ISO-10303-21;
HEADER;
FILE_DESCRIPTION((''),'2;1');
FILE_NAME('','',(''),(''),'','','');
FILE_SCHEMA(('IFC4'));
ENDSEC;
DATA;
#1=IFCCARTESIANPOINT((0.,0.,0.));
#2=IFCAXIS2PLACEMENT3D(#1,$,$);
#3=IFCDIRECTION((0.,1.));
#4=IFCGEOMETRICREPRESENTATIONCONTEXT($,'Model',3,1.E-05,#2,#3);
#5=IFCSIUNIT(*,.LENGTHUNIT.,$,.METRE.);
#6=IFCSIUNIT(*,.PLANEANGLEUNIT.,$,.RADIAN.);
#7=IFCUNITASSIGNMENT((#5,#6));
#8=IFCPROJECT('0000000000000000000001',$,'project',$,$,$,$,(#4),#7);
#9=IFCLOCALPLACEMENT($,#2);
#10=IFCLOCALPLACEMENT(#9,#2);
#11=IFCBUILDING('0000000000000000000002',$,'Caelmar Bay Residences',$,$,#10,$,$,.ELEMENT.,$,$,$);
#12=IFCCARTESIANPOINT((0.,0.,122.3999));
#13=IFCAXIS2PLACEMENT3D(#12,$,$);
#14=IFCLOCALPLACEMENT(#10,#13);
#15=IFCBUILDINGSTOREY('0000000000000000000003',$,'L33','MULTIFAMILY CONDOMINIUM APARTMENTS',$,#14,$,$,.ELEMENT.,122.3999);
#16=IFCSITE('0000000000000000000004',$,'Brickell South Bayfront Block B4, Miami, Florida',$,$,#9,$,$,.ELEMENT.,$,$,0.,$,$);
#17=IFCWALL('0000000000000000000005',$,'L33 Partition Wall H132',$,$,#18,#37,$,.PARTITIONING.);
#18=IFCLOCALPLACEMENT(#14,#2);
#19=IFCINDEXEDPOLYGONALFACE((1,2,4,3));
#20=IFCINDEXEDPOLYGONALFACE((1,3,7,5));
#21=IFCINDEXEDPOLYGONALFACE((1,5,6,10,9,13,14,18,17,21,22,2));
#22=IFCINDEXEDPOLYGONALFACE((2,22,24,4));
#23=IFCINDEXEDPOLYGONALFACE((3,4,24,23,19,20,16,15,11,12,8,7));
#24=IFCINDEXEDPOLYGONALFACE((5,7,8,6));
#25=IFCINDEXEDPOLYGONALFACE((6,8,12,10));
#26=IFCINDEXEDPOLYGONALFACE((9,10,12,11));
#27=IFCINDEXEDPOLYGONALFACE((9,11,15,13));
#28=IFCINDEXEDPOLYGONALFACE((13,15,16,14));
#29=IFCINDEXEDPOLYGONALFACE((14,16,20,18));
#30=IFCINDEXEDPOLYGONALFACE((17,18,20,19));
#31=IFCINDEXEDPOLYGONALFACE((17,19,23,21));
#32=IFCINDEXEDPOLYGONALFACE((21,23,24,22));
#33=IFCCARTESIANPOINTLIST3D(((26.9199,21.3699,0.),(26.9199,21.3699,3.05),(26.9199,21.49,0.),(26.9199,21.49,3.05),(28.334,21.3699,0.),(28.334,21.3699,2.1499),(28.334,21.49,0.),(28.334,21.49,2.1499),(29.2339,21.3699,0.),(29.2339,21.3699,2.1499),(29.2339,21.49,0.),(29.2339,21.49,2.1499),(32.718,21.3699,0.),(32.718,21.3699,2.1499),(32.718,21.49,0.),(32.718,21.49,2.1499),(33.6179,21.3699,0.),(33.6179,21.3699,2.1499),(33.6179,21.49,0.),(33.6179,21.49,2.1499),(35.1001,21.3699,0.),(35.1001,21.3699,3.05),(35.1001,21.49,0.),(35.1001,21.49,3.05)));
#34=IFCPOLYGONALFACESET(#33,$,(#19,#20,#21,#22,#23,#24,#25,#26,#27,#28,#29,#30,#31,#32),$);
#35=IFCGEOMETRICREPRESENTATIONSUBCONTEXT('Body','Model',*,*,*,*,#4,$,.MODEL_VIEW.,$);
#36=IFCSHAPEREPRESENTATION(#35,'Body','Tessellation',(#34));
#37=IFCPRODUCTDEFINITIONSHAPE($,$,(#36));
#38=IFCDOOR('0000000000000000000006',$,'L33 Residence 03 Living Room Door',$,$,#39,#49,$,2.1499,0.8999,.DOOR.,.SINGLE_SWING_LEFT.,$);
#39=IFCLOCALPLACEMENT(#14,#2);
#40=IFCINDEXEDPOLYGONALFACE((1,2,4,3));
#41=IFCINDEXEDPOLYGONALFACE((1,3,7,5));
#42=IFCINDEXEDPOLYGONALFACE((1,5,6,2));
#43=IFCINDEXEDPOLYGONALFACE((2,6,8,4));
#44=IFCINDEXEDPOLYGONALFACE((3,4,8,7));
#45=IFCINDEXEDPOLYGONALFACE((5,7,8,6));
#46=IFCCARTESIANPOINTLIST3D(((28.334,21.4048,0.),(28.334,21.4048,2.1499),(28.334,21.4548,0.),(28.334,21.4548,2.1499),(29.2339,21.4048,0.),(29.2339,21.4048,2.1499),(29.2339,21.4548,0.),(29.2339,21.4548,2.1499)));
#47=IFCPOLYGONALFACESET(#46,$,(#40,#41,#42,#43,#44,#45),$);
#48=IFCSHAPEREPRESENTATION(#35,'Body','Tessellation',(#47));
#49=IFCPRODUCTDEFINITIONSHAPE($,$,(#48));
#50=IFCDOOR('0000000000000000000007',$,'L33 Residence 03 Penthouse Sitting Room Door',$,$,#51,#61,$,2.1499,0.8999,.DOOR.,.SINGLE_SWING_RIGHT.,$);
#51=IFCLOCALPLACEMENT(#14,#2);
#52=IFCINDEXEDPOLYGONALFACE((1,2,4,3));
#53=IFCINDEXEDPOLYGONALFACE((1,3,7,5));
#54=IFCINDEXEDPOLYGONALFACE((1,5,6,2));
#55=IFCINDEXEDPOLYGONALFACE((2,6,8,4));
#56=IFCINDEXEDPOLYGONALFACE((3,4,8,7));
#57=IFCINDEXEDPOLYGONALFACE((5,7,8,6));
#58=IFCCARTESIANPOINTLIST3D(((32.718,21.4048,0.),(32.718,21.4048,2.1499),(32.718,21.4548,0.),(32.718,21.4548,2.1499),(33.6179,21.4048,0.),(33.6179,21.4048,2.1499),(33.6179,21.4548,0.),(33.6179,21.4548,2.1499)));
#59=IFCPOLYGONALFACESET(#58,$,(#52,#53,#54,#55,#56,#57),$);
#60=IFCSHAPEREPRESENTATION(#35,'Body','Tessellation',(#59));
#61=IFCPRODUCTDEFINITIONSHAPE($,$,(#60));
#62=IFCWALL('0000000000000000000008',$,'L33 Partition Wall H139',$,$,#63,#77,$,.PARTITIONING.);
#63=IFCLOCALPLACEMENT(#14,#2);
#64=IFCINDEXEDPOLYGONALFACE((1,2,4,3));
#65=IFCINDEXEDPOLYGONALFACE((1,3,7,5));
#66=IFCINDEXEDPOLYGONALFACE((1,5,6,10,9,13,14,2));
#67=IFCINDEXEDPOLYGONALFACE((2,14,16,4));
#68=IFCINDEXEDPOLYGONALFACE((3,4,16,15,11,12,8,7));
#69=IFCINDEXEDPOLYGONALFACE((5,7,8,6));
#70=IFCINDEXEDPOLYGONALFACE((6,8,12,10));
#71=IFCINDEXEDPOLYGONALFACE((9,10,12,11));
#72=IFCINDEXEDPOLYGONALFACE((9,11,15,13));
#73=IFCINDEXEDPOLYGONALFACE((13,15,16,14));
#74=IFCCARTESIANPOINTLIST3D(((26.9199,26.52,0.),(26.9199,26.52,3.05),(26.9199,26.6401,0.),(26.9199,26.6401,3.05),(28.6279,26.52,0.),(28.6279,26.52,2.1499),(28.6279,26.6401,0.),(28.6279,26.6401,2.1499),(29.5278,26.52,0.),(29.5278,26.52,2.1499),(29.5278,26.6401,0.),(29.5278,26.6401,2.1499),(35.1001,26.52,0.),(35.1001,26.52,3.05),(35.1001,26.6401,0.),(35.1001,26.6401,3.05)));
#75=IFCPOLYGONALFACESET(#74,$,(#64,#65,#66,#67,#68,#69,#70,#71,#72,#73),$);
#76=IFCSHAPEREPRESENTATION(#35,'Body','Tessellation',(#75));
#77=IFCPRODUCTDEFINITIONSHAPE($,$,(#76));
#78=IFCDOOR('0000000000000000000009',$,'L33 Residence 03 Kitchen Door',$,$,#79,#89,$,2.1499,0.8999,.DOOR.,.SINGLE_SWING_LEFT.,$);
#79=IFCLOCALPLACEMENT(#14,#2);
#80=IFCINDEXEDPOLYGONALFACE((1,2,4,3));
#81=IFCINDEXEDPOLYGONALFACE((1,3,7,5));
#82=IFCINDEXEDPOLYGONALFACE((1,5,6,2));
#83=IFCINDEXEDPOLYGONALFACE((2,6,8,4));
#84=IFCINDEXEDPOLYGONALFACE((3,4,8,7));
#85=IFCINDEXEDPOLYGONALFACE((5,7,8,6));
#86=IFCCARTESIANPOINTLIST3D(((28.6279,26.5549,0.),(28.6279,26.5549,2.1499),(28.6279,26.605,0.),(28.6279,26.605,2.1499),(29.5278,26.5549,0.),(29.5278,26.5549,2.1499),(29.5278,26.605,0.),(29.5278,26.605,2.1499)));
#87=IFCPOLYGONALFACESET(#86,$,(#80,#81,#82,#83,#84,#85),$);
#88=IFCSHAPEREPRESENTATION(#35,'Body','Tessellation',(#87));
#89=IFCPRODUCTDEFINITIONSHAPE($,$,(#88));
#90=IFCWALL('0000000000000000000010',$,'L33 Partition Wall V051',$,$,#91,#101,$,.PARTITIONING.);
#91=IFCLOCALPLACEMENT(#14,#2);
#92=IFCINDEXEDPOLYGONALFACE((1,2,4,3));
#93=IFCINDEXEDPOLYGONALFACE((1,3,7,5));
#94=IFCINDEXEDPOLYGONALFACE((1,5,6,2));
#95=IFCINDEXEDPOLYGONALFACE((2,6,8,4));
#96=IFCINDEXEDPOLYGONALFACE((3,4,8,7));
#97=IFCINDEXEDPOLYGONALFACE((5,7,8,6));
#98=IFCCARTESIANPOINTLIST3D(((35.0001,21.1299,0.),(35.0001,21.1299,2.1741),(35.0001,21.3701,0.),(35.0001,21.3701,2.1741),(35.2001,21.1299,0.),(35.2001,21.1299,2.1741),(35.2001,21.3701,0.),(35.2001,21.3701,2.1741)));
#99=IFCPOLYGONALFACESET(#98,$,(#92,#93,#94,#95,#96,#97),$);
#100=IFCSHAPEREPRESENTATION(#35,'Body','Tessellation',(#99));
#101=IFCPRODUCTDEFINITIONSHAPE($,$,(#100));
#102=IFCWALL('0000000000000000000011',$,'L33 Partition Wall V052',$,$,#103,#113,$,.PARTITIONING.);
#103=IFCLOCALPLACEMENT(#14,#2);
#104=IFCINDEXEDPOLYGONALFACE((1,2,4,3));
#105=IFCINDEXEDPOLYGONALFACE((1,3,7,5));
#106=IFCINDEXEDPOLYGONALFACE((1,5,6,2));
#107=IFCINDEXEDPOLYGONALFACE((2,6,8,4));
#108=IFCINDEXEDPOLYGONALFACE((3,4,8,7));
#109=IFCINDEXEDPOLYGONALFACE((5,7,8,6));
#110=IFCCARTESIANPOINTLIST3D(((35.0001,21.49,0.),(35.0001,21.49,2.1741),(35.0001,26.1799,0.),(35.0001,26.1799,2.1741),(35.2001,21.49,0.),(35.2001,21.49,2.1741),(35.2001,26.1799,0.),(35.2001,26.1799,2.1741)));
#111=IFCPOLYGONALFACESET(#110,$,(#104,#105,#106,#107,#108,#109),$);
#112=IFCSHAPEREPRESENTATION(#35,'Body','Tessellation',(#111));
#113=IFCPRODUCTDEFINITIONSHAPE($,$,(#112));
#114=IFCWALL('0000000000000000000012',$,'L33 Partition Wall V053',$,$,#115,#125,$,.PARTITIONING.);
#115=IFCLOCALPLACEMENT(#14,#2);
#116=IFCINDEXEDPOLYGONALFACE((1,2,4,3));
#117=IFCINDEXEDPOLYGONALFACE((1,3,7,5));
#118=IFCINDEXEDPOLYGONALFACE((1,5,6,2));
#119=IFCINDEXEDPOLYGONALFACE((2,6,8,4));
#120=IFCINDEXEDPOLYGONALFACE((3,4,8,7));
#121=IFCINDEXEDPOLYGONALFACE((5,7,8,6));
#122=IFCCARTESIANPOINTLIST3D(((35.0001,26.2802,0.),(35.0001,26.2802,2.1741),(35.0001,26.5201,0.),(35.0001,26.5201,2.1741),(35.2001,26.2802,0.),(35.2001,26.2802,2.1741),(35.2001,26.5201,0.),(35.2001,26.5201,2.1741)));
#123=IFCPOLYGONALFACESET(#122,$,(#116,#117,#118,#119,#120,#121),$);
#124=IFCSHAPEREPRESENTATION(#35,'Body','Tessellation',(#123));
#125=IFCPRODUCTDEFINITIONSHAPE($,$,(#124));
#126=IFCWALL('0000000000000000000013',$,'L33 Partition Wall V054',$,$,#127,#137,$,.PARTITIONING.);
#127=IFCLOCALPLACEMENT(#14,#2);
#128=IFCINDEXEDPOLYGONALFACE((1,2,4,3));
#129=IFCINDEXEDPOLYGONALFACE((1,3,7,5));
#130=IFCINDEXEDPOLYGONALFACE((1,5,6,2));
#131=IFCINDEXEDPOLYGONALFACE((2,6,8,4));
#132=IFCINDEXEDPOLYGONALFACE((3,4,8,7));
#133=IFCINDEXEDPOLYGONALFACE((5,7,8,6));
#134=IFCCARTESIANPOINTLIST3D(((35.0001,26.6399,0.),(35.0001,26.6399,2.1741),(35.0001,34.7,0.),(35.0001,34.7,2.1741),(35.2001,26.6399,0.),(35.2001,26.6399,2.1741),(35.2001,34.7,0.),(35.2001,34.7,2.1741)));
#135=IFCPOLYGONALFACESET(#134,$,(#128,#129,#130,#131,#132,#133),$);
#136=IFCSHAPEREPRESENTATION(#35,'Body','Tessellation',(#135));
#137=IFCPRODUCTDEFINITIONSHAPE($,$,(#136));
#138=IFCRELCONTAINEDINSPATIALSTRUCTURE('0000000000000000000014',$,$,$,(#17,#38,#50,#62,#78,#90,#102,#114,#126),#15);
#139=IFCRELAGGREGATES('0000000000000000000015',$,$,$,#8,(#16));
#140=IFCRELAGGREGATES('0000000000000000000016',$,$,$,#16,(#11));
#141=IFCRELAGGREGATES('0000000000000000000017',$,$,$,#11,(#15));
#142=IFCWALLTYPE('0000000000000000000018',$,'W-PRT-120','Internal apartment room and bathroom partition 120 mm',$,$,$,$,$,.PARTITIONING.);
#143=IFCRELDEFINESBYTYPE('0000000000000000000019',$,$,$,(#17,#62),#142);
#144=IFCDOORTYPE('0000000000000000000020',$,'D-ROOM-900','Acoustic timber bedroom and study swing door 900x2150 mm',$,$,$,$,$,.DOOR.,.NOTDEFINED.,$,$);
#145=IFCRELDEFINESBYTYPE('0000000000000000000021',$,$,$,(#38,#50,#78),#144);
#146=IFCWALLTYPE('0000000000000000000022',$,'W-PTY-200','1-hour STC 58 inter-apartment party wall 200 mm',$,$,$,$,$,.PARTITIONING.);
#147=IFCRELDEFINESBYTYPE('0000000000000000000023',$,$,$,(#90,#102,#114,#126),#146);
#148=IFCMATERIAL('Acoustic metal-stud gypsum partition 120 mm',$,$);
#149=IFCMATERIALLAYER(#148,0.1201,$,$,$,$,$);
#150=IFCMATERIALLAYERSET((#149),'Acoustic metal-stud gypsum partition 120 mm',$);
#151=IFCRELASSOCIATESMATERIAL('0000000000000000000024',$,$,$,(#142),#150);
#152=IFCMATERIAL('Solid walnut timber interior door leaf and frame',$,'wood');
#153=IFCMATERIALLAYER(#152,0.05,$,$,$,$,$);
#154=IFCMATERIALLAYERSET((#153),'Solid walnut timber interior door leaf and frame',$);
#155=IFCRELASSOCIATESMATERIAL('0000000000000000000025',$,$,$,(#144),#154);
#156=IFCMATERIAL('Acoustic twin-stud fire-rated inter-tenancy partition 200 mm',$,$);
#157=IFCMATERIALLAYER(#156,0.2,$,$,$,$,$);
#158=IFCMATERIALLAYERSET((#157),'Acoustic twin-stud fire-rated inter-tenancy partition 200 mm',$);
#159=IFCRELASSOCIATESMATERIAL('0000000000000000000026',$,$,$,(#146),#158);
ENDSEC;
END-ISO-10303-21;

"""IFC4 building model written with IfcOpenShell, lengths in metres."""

from ifc_helpers import new_model, si_unit, direction, frame, frame_2d, origin, place, context, subcontext, project, spatial, rectangle, extrude, material, layer, layer_set, type_object, element, fill, save


model = new_model("IFC4")

# Units and contexts
model_context = context("Model", 3, precision=1e-05, world=origin(), true_north=direction((0.0, 1.0)))
body_context = subcontext(model_context, "Body", "Model", "MODEL_VIEW")
ifc_project = project(units=[si_unit("LENGTHUNIT", "METRE"), si_unit("PLANEANGLEUNIT", "RADIAN")], contexts=[model_context])

# Site, building, storey
site_placement = place(None, origin())
site = spatial("IfcSite", under=ifc_project, at=site_placement, Name="Brickell South Bayfront Block B4, Miami, Florida", CompositionType="ELEMENT", RefElevation=0.0)
building_placement = place(site_placement, origin())
building = spatial("IfcBuilding", under=site, at=building_placement, Name="Caelmar Bay Residences", CompositionType="ELEMENT")
storey_placement = place(building_placement, frame((0.0, 0.0, 122.3999)))
storey = spatial("IfcBuildingStorey", under=building, at=storey_placement, Name="L33", Description="MULTIFAMILY CONDOMINIUM APARTMENTS", CompositionType="ELEMENT", Elevation=122.3999)

# Shared definitions
ifc_material_1 = material(Name="Acoustic metal-stud gypsum partition 120 mm")
ifc_layer_1 = layer(ifc_material_1, 0.1201)
ifc_layer_set_1 = layer_set([ifc_layer_1], Name="Acoustic metal-stud gypsum partition 120 mm")
wall_type_1 = type_object("IfcWallType", Name="W-PRT-120", Description="Internal apartment room and bathroom partition 120 mm", PredefinedType="PARTITIONING", material=ifc_layer_set_1)

# Shared definitions
ifc_material_2 = material(Name="Solid walnut timber interior door leaf and frame", Category="wood")
ifc_layer_2 = layer(ifc_material_2, 0.05)
ifc_layer_set_2 = layer_set([ifc_layer_2], Name="Solid walnut timber interior door leaf and frame")
door_type_1 = type_object("IfcDoorType", Name="D-ROOM-900", Description="Acoustic timber bedroom and study swing door 900x2150 mm", OperationType="NOTDEFINED", PredefinedType="DOOR", material=ifc_layer_set_2)

# Wall, openings, doors
wall_1_placement = place(storey_placement, frame((26.9199, 21.4299, 0.0), z_axis=(0.0, 0.0, 1.0), x_axis=(1.0, 0.0, 0.0)))
wall_1 = element("IfcWall", 1, at=wall_1_placement, inside=storey, type_object=wall_type_1, Name="L33 Partition Wall H132", PredefinedType="PARTITIONING", context=body_context, shape_type="SweptSolid", body=[
    extrude(rectangle(XDim=8.1802, YDim=0.1201, at=frame_2d((4.0901, 0.0))), origin(), (0.0, 0.0, 1.0), 3.05),
])
opening_1_placement = place(wall_1_placement, frame((1.4141, 0.0, 0.0)))
opening_1 = element("IfcOpeningElement", 2, at=opening_1_placement, cuts=wall_1, PredefinedType="OPENING", context=body_context, shape_type="SweptSolid", body=[
    extrude(rectangle(XDim=0.8999, YDim=2.1499, at=frame_2d((0.45, 1.075))), frame((0.0, 0.0701, 0.0), z_axis=(0.0, -1.0, 0.0), x_axis=(1.0, 0.0, 0.0)), (0.0, 0.0, 1.0), 0.1401),
])
opening_2_placement = place(wall_1_placement, frame((5.7981, 0.0, 0.0)))
opening_2 = element("IfcOpeningElement", 3, at=opening_2_placement, cuts=wall_1, PredefinedType="OPENING", context=body_context, shape_type="SweptSolid", body=[
    extrude(rectangle(XDim=0.8999, YDim=2.1499, at=frame_2d((0.45, 1.075))), frame((0.0, 0.0701, 0.0), z_axis=(0.0, -1.0, 0.0), x_axis=(1.0, 0.0, 0.0)), (0.0, 0.0, 1.0), 0.1401),
])
door_1_placement = place(opening_1_placement, origin())
door_1 = element("IfcDoor", 4, at=door_1_placement, inside=storey, type_object=door_type_1, Name="L33 Residence 03 Living Room Door", OperationType="SINGLE_SWING_LEFT", OverallHeight=2.1499, OverallWidth=0.8999, PredefinedType="DOOR", context=body_context, shape_type="SweptSolid", body=[
    extrude(rectangle(XDim=0.8999, YDim=2.1499, at=frame_2d((0.45, 1.075))), frame((0.0, 0.0249, 0.0), z_axis=(0.0, -1.0, 0.0), x_axis=(1.0, 0.0, 0.0)), (0.0, 0.0, 1.0), 0.05),
])
fill(opening_1, door_1)
door_2_placement = place(opening_2_placement, origin())
door_2 = element("IfcDoor", 5, at=door_2_placement, inside=storey, type_object=door_type_1, Name="L33 Residence 03 Penthouse Sitting Room Door", OperationType="SINGLE_SWING_RIGHT", OverallHeight=2.1499, OverallWidth=0.8999, PredefinedType="DOOR", context=body_context, shape_type="SweptSolid", body=[
    extrude(rectangle(XDim=0.8999, YDim=2.1499, at=frame_2d((0.45, 1.075))), frame((0.0, 0.0249, 0.0), z_axis=(0.0, -1.0, 0.0), x_axis=(1.0, 0.0, 0.0)), (0.0, 0.0, 1.0), 0.05),
])
fill(opening_2, door_2)

# Wall, opening, door
wall_2_placement = place(storey_placement, frame((26.9199, 26.5801, 0.0), z_axis=(0.0, 0.0, 1.0), x_axis=(1.0, 0.0, 0.0)))
wall_2 = element("IfcWall", 6, at=wall_2_placement, inside=storey, type_object=wall_type_1, Name="L33 Partition Wall H139", PredefinedType="PARTITIONING", context=body_context, shape_type="SweptSolid", body=[
    extrude(rectangle(XDim=8.1802, YDim=0.1201, at=frame_2d((4.0901, 0.0))), origin(), (0.0, 0.0, 1.0), 3.05),
])
opening_3_placement = place(wall_2_placement, frame((1.708, 0.0, 0.0)))
opening_3 = element("IfcOpeningElement", 7, at=opening_3_placement, cuts=wall_2, PredefinedType="OPENING", context=body_context, shape_type="SweptSolid", body=[
    extrude(rectangle(XDim=0.8999, YDim=2.1499, at=frame_2d((0.45, 1.075))), frame((0.0, 0.0701, 0.0), z_axis=(0.0, -1.0, 0.0), x_axis=(1.0, 0.0, 0.0)), (0.0, 0.0, 1.0), 0.1401),
])
door_3_placement = place(opening_3_placement, origin())
door_3 = element("IfcDoor", 8, at=door_3_placement, inside=storey, type_object=door_type_1, Name="L33 Residence 03 Kitchen Door", OperationType="SINGLE_SWING_LEFT", OverallHeight=2.1499, OverallWidth=0.8999, PredefinedType="DOOR", context=body_context, shape_type="SweptSolid", body=[
    extrude(rectangle(XDim=0.8999, YDim=2.1499, at=frame_2d((0.45, 1.075))), frame((0.0, 0.0249, 0.0), z_axis=(0.0, -1.0, 0.0), x_axis=(1.0, 0.0, 0.0)), (0.0, 0.0, 1.0), 0.05),
])
fill(opening_3, door_3)

# Walls
ifc_material_3 = material(Name="Acoustic twin-stud fire-rated inter-tenancy partition 200 mm")
ifc_layer_3 = layer(ifc_material_3, 0.2)
ifc_layer_set_3 = layer_set([ifc_layer_3], Name="Acoustic twin-stud fire-rated inter-tenancy partition 200 mm")
wall_type_2 = type_object("IfcWallType", Name="W-PTY-200", Description="1-hour STC 58 inter-apartment party wall 200 mm", PredefinedType="PARTITIONING", material=ifc_layer_set_3)
wall_3_placement = place(storey_placement, frame((35.1001, 21.1299, 0.0), z_axis=(0.0, 0.0, 1.0), x_axis=(0.0, 1.0, 0.0)))
element("IfcWall", 9, at=wall_3_placement, inside=storey, type_object=wall_type_2, Name="L33 Partition Wall V051", PredefinedType="PARTITIONING", context=body_context, shape_type="SweptSolid", body=[
    extrude(rectangle(XDim=0.2402, YDim=0.2, at=frame_2d((0.1201, 0.0))), origin(), (0.0, 0.0, 1.0), 2.1741),
])
wall_4_placement = place(storey_placement, frame((35.1001, 21.49, 0.0), z_axis=(0.0, 0.0, 1.0), x_axis=(0.0, 1.0, 0.0)))
element("IfcWall", 10, at=wall_4_placement, inside=storey, type_object=wall_type_2, Name="L33 Partition Wall V052", PredefinedType="PARTITIONING", context=body_context, shape_type="SweptSolid", body=[
    extrude(rectangle(XDim=4.6899, YDim=0.2, at=frame_2d((2.345, 0.0))), origin(), (0.0, 0.0, 1.0), 2.1741),
])
wall_5_placement = place(storey_placement, frame((35.1001, 26.28, 0.0), z_axis=(0.0, 0.0, 1.0), x_axis=(0.0, 1.0, 0.0)))
element("IfcWall", 11, at=wall_5_placement, inside=storey, type_object=wall_type_2, Name="L33 Partition Wall V053", PredefinedType="PARTITIONING", context=body_context, shape_type="SweptSolid", body=[
    extrude(rectangle(XDim=0.24, YDim=0.2, at=frame_2d((0.1201, 0.0))), origin(), (0.0, 0.0, 1.0), 2.1741),
])
wall_6_placement = place(storey_placement, frame((35.1001, 26.6399, 0.0), z_axis=(0.0, 0.0, 1.0), x_axis=(0.0, 1.0, 0.0)))
element("IfcWall", 12, at=wall_6_placement, inside=storey, type_object=wall_type_2, Name="L33 Partition Wall V054", PredefinedType="PARTITIONING", context=body_context, shape_type="SweptSolid", body=[
    extrude(rectangle(XDim=8.0601, YDim=0.2, at=frame_2d((4.03, 0.0))), origin(), (0.0, 0.0, 1.0), 2.1741),
])

save(model, "model.ifc")
